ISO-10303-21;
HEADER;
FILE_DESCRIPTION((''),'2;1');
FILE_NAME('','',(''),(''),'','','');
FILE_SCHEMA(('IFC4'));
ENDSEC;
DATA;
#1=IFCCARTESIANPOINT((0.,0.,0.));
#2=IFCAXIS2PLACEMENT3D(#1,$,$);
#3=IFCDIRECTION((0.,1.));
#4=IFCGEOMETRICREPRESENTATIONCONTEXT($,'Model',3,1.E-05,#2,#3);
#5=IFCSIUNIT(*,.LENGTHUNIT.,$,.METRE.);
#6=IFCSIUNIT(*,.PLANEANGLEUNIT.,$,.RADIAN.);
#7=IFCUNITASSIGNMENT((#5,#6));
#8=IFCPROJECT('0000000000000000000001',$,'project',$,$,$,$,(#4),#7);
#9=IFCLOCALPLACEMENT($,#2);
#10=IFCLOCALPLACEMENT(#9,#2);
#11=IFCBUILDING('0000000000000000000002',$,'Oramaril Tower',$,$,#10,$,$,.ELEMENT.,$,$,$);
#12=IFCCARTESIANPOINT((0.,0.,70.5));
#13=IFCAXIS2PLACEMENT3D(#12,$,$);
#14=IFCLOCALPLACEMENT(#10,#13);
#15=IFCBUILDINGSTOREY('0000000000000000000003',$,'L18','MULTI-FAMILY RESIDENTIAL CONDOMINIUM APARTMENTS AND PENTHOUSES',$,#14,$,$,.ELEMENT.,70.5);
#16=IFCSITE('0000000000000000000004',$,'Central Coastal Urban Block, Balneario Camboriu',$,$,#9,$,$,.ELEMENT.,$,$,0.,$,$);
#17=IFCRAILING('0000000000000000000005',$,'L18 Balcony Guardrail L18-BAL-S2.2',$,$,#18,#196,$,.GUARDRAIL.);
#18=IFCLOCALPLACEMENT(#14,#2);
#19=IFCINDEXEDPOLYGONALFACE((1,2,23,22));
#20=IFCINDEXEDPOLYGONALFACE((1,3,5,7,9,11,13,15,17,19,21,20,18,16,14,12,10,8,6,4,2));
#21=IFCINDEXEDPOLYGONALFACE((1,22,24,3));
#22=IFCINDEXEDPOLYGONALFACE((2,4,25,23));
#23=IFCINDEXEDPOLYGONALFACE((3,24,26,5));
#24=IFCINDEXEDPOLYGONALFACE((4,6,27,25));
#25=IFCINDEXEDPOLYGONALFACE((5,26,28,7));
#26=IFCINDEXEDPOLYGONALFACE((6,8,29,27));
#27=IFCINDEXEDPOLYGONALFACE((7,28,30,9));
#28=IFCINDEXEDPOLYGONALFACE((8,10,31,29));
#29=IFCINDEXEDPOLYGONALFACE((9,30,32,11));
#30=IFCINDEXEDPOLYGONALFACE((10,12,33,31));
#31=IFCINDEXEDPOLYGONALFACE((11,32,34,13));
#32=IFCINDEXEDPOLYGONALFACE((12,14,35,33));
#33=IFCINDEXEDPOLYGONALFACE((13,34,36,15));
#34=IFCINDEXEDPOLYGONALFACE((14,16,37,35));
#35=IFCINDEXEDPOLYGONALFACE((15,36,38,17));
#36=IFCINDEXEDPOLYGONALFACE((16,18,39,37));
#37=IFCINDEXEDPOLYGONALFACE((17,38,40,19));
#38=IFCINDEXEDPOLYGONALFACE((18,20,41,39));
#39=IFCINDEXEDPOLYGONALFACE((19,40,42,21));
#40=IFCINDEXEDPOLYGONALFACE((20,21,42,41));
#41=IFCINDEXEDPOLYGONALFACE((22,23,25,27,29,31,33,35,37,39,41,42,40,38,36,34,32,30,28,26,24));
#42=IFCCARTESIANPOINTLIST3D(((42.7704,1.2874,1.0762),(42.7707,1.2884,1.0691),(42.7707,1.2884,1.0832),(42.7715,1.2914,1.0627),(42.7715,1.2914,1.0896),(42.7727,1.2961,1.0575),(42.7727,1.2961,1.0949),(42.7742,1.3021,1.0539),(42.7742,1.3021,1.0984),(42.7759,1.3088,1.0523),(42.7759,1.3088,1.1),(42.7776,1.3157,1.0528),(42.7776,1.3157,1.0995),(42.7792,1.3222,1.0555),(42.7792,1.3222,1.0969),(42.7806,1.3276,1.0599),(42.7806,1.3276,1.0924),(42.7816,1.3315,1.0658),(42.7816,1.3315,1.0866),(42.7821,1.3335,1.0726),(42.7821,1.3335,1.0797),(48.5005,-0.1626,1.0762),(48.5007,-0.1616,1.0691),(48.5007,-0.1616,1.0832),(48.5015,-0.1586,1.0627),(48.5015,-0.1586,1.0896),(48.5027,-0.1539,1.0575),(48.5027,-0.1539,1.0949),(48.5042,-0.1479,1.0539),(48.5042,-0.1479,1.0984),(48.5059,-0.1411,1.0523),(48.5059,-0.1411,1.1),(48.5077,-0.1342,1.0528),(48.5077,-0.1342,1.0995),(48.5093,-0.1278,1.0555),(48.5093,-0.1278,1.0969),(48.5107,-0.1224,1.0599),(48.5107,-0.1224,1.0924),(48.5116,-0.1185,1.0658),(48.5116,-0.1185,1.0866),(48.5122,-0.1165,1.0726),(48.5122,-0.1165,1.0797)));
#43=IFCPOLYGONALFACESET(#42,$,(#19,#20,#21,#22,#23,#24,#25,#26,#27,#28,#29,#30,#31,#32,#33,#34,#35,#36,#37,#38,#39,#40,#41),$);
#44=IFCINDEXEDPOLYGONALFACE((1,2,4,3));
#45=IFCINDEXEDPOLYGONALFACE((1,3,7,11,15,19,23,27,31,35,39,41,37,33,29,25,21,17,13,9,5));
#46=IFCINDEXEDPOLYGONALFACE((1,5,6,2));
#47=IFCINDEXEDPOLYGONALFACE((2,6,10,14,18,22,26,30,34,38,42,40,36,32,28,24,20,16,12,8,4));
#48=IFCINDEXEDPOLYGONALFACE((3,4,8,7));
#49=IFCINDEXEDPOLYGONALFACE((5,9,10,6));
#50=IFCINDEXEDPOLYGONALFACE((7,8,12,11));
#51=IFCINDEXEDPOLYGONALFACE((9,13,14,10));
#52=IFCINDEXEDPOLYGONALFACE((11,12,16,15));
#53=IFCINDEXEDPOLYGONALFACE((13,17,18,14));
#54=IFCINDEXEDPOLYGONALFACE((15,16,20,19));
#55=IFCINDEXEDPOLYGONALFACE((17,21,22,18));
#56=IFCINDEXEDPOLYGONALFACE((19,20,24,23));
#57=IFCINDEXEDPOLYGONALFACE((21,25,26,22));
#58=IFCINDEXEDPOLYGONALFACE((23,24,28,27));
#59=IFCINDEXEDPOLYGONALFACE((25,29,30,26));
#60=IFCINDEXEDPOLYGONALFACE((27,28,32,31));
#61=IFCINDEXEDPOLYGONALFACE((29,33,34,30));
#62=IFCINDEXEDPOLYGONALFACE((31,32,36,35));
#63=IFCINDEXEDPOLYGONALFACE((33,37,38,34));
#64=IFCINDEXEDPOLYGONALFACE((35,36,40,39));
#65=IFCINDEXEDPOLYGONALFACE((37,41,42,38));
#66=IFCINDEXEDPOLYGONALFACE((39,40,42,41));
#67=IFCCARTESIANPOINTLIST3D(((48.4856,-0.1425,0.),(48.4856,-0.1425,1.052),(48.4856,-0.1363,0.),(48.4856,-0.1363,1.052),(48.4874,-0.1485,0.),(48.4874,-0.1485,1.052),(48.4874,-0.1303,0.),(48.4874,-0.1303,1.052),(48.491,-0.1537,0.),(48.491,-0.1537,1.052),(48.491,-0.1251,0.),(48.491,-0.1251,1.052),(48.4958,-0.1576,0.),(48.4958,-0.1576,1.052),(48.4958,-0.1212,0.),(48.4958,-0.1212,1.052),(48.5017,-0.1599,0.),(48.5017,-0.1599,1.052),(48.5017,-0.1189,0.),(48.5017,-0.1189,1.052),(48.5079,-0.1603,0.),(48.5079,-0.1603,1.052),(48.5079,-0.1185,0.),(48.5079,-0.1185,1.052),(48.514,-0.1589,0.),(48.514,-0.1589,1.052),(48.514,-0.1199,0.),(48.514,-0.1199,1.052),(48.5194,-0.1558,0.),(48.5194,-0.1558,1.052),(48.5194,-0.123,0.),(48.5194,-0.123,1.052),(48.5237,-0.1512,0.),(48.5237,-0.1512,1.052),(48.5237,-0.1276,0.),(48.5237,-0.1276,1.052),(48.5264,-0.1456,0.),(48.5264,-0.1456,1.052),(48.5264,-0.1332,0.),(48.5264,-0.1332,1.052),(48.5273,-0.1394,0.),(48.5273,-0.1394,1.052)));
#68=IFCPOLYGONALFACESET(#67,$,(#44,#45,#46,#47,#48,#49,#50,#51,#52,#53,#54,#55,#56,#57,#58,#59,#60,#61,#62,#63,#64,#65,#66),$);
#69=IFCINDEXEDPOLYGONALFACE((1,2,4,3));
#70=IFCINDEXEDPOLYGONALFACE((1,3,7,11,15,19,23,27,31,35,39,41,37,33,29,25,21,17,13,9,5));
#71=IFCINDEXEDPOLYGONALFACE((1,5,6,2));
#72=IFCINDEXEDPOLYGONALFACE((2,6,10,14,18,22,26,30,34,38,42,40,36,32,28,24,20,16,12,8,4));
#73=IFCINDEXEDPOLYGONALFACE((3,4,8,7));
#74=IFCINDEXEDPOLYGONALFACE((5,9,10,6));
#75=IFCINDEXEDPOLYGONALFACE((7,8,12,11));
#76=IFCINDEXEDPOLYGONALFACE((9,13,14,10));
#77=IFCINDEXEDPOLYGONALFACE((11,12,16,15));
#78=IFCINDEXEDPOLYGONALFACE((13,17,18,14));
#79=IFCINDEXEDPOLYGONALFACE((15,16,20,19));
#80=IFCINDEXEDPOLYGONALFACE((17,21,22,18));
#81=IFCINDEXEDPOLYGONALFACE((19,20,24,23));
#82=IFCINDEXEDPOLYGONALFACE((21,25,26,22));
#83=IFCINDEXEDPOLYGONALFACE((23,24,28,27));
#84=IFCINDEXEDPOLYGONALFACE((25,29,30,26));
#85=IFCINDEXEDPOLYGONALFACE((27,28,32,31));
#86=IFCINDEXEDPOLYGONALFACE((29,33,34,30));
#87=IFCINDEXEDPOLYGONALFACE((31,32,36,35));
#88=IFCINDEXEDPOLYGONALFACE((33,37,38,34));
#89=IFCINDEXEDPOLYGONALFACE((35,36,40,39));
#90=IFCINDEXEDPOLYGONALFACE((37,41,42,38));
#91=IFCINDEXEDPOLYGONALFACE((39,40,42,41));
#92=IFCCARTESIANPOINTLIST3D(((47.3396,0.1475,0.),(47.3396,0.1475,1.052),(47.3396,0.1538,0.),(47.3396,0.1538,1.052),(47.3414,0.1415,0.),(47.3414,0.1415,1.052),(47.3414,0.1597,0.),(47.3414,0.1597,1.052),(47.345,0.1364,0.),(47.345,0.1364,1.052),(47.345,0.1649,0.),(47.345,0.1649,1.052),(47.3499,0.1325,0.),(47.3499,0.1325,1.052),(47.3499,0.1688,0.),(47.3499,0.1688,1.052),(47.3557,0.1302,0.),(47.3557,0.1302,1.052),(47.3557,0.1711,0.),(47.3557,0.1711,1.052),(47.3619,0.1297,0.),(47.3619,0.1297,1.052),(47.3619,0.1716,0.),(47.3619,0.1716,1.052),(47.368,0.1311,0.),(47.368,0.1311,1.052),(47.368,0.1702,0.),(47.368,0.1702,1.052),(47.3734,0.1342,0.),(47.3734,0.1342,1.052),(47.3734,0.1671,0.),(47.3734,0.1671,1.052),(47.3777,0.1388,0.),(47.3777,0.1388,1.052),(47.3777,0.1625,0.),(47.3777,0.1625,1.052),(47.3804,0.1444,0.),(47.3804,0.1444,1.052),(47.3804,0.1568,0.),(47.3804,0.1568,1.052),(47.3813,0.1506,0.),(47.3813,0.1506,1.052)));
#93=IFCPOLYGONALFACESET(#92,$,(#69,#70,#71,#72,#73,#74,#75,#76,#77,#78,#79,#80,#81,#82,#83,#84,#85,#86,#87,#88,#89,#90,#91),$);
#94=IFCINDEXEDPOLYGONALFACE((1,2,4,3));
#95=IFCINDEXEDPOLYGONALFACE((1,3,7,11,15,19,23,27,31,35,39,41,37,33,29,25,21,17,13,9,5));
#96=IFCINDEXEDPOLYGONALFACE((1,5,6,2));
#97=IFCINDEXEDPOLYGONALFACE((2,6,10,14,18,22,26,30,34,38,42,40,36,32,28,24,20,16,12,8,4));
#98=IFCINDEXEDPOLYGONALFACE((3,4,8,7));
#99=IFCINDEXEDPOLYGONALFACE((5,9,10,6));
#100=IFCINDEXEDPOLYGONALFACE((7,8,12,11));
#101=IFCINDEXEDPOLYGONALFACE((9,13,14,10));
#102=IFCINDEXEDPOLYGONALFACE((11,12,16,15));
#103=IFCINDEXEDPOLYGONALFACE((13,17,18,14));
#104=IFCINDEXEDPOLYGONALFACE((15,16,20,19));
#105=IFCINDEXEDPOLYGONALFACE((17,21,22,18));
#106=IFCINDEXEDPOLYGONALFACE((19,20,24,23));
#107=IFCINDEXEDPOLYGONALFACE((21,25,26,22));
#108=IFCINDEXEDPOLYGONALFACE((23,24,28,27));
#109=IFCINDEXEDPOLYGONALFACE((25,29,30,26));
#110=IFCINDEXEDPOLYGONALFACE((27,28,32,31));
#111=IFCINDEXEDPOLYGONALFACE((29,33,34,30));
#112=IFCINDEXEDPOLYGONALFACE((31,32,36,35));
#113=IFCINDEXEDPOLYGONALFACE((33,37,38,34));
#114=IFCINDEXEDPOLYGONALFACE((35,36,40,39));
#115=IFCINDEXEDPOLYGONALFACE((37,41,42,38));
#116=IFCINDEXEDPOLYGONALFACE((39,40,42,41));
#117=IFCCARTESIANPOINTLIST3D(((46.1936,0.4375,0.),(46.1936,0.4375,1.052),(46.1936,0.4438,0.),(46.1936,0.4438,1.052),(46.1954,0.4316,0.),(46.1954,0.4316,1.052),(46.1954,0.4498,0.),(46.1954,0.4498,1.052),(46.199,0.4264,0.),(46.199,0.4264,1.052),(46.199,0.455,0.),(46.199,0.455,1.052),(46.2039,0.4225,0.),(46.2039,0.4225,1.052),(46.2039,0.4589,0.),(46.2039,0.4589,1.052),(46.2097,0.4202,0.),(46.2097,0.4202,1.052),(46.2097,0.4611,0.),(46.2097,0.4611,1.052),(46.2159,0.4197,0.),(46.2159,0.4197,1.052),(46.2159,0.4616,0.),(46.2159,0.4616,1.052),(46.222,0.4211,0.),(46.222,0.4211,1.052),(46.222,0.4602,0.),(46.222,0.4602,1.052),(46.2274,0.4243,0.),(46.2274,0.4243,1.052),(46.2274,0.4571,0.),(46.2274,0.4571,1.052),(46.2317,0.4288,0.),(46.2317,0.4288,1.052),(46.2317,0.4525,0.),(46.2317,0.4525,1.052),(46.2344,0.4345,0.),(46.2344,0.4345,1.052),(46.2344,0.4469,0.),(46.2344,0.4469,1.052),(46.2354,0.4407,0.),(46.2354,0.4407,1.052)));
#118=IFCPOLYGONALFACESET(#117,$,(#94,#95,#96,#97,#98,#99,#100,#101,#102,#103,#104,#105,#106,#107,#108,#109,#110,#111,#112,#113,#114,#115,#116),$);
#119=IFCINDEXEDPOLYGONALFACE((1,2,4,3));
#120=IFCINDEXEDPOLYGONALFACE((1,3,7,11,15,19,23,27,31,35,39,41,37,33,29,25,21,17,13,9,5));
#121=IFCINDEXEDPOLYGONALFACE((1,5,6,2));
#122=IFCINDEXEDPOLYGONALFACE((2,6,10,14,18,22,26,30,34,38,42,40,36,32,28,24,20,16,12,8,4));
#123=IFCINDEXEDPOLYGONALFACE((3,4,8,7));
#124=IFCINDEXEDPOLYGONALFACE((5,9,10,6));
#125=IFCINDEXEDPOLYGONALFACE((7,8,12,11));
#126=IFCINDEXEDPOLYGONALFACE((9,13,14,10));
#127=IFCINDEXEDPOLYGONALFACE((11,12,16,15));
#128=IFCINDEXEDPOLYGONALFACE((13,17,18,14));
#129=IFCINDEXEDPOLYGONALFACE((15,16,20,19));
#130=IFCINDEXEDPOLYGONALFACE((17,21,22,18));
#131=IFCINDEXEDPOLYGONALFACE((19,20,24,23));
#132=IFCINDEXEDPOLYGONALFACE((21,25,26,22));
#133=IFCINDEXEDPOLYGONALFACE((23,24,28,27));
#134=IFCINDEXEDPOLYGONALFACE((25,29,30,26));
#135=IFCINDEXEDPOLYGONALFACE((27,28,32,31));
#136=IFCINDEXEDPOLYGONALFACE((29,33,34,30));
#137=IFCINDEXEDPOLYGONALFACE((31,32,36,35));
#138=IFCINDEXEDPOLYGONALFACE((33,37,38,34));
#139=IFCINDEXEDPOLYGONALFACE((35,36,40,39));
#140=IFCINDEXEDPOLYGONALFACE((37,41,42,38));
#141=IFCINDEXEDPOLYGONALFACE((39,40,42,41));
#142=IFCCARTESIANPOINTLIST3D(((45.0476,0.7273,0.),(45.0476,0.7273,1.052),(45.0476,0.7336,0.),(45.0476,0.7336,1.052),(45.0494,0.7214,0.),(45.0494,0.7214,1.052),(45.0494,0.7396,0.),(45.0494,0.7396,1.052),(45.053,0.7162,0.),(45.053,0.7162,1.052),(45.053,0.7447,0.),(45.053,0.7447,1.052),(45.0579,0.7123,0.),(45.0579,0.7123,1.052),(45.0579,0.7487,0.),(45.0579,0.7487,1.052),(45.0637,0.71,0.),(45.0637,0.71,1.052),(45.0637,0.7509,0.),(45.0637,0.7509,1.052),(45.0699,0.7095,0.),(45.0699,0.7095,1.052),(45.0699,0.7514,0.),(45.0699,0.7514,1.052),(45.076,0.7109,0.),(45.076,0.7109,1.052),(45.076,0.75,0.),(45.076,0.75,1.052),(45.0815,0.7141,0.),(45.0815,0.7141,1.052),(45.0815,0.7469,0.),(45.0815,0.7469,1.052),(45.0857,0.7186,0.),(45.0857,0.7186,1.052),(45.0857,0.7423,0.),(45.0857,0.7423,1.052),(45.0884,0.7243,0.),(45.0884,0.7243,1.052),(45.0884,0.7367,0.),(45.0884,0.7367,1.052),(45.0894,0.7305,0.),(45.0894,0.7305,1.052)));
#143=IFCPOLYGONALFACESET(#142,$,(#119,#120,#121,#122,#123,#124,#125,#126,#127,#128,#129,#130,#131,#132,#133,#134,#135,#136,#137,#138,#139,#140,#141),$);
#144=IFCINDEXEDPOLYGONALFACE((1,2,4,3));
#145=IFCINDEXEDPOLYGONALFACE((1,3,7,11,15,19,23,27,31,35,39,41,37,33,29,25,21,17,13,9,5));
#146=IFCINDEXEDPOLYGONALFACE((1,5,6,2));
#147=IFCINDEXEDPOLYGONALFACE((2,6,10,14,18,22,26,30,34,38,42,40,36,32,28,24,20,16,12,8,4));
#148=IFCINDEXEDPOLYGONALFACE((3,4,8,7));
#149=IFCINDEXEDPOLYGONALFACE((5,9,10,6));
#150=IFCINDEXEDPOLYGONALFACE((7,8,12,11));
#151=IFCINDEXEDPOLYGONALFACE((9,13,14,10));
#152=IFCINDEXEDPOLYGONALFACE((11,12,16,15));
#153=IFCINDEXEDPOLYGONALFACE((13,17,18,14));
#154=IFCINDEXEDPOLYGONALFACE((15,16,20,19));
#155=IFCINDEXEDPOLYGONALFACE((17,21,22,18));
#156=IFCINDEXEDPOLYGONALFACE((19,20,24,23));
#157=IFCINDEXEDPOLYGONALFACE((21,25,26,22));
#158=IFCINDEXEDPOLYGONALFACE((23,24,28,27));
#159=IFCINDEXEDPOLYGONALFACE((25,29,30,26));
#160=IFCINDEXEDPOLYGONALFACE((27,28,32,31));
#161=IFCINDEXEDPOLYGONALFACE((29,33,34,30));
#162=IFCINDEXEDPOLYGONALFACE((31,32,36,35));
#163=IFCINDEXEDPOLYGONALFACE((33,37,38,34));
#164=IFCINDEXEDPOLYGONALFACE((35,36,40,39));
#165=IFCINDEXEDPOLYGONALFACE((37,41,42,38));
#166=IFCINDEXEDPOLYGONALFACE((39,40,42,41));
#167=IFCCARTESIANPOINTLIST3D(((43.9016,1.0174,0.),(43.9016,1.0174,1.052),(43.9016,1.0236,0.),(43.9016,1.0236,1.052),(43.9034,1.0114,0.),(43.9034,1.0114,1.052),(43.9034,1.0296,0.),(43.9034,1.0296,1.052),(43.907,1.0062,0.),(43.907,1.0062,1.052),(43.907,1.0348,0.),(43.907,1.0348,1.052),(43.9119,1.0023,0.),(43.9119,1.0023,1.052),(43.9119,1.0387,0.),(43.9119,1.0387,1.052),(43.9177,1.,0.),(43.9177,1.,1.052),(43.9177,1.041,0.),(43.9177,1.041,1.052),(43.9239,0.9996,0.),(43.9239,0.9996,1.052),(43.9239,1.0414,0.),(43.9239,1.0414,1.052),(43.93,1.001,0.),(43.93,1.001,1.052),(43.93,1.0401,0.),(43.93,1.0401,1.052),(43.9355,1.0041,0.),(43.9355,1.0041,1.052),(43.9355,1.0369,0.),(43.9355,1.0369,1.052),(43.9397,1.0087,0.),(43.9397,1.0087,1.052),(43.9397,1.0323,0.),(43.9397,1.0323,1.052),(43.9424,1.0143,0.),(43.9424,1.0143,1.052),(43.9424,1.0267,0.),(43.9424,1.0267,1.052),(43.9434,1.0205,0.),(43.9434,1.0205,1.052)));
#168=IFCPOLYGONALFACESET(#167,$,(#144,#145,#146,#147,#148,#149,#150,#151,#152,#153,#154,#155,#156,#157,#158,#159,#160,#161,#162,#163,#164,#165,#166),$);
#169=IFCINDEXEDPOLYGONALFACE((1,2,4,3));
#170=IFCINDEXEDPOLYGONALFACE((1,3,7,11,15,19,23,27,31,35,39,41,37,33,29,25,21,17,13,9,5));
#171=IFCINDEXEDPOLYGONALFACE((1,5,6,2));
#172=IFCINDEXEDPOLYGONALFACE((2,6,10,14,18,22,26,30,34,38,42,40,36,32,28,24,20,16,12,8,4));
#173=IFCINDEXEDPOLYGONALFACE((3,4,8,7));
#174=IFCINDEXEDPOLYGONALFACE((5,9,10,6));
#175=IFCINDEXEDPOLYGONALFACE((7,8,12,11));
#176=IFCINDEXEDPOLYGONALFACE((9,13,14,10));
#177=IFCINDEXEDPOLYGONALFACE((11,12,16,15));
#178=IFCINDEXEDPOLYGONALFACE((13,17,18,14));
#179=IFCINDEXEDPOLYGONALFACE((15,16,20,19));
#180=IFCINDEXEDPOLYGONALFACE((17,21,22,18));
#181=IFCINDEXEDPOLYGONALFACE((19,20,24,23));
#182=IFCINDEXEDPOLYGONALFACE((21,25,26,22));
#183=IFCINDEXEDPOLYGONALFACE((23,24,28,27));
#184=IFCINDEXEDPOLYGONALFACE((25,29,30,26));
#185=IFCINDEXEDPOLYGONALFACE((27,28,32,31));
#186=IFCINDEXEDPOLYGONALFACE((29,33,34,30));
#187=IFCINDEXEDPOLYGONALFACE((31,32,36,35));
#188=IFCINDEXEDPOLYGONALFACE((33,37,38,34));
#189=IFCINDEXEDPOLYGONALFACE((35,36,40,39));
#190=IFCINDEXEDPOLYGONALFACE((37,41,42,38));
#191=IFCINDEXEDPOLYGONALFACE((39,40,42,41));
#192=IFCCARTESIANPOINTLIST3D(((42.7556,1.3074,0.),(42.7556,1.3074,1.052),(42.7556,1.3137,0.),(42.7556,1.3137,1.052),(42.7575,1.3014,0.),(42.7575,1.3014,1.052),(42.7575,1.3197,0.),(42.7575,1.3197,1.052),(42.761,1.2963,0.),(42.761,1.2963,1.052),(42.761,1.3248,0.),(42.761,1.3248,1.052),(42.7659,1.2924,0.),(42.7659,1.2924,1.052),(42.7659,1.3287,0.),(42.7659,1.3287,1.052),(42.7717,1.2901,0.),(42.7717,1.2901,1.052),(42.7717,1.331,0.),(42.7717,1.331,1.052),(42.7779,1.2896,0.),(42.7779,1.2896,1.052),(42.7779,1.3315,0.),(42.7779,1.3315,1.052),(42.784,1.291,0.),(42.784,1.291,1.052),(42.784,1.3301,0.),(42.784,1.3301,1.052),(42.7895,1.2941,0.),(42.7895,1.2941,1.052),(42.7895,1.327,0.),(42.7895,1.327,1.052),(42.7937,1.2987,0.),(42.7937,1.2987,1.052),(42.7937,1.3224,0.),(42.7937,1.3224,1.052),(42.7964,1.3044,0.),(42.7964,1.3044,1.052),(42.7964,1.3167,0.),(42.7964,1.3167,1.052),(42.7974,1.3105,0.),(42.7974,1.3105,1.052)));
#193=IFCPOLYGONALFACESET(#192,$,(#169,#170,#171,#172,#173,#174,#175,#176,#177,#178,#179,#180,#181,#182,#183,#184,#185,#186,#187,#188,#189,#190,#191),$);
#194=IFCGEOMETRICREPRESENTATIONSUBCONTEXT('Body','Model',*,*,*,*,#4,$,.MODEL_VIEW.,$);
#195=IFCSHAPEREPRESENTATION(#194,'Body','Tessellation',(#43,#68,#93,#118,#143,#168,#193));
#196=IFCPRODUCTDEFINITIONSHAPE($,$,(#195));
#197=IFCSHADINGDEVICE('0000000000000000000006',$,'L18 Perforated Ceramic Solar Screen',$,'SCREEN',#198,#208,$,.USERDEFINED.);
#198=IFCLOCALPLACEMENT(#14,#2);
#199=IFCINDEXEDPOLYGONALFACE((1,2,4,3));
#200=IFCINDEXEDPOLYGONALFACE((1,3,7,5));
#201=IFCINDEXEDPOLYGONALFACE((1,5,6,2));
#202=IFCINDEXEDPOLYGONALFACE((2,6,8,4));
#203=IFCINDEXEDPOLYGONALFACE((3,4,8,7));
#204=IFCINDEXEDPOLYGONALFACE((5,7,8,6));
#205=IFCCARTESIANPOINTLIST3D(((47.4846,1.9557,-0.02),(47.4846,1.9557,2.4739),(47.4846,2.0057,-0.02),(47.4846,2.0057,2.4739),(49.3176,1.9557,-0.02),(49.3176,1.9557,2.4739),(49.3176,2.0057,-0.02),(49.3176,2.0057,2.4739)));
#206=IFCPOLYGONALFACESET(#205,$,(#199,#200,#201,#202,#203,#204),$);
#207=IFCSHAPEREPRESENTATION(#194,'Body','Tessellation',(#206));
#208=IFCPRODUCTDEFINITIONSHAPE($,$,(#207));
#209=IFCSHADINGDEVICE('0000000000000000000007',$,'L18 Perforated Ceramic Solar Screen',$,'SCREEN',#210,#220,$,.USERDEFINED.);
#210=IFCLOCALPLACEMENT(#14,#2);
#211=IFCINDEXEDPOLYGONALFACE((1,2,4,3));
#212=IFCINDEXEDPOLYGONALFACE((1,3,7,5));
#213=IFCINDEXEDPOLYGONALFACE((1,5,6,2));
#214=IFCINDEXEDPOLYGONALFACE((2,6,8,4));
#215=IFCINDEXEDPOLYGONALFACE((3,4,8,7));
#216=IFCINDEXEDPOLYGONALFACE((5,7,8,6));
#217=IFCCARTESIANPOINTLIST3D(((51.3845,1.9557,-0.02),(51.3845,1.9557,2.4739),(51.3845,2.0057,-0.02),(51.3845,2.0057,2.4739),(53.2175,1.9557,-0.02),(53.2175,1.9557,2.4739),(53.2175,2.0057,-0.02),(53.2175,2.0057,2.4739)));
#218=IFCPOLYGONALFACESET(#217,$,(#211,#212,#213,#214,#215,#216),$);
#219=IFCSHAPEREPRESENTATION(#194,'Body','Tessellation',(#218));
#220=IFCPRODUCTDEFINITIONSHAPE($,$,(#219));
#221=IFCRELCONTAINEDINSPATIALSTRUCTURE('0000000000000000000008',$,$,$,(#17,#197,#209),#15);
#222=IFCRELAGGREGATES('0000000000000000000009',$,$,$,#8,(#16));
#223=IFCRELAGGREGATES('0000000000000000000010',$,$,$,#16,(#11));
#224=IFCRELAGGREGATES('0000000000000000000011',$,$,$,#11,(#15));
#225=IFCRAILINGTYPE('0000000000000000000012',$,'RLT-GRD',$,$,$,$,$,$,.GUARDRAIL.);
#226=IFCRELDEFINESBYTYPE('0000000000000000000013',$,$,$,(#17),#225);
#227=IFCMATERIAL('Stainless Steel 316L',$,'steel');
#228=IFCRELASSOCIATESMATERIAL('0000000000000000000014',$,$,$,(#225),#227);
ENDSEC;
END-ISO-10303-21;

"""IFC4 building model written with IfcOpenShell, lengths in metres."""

from ifc_helpers import new_model, si_unit, direction, frame, origin, origin_2d, place, context, subcontext, project, spatial, rectangle, circle, extrude, material, type_object, element, save


model = new_model("IFC4")

# Units and contexts
model_context = context("Model", 3, precision=1e-05, world=origin(), true_north=direction((0.0, 1.0)))
body_context = subcontext(model_context, "Body", "Model", "MODEL_VIEW")
ifc_project = project(units=[si_unit("LENGTHUNIT", "METRE"), si_unit("PLANEANGLEUNIT", "RADIAN")], contexts=[model_context])

# Site, building, storey
site_placement = place(None, origin())
site = spatial("IfcSite", under=ifc_project, at=site_placement, Name="Central Coastal Urban Block, Balneario Camboriu", CompositionType="ELEMENT", RefElevation=0.0)
building_placement = place(site_placement, origin())
building = spatial("IfcBuilding", under=site, at=building_placement, Name="Oramaril Tower", CompositionType="ELEMENT")
storey_placement = place(building_placement, frame((0.0, 0.0, 70.5)))
storey = spatial("IfcBuildingStorey", under=building, at=storey_placement, Name="L18", Description="MULTI-FAMILY RESIDENTIAL CONDOMINIUM APARTMENTS AND PENTHOUSES", CompositionType="ELEMENT", Elevation=70.5)

# Railing
ifc_material_1 = material(Name="Stainless Steel 316L", Category="steel")
railing_type = type_object("IfcRailingType", Name="RLT-GRD", PredefinedType="GUARDRAIL", material=ifc_material_1)
railing_1_placement = place(storey_placement, frame((48.5063, -0.1394, 0.0)))
element("IfcRailing", 1, at=railing_1_placement, inside=storey, type_object=railing_type, Name="L18 Balcony Guardrail L18-BAL-S2.2", PredefinedType="GUARDRAIL", context=body_context, shape_type="SweptSolid", body=[
    extrude(circle(Radius=0.0239, at=origin_2d()), frame((0.0, 0.0, 1.0762), z_axis=(-0.969444, 0.245314, 0.0), x_axis=(-0.245314, -0.969444, 0.0)), (0.0, 0.0, 1.0), 5.9106),
    extrude(circle(Radius=0.021, at=origin_2d()), origin(), (0.0, 0.0, 1.0), 1.052),
    extrude(circle(Radius=0.021, at=origin_2d()), frame((-1.146, 0.29, 0.0)), (0.0, 0.0, 1.0), 1.052),
    extrude(circle(Radius=0.021, at=origin_2d()), frame((-2.292, 0.5801, 0.0)), (0.0, 0.0, 1.0), 1.052),
    extrude(circle(Radius=0.021, at=origin_2d()), frame((-3.438, 0.8699, 0.0)), (0.0, 0.0, 1.0), 1.052),
    extrude(circle(Radius=0.021, at=origin_2d()), frame((-4.584, 1.1599, 0.0)), (0.0, 0.0, 1.0), 1.052),
    extrude(circle(Radius=0.021, at=origin_2d()), frame((-5.73, 1.45, 0.0)), (0.0, 0.0, 1.0), 1.052),
])

# Shading devices
for number, where, z_axis, x_axis, name in (
    (2, (48.4011, 1.9807, -0.02), (0.0, 0.0, 1.0), (1.0, 0.0, 0.0), "L18 Perforated Ceramic Solar Screen"),
    (3, (52.301, 1.9807, -0.02), (0.0, 0.0, 1.0), (1.0, 0.0, 0.0), "L18 Perforated Ceramic Solar Screen"),
):
    element("IfcShadingDevice", number, at=place(storey_placement, frame(where, z_axis=z_axis, x_axis=x_axis)), inside=storey, Name=name, ObjectType="SCREEN", PredefinedType="USERDEFINED", context=body_context, shape_type="SweptSolid", body=[
        extrude(rectangle(XDim=1.833, YDim=0.05, at=origin_2d()), origin(), (0.0, 0.0, 1.0), 2.4939),
    ])

save(model, "model.ifc")
